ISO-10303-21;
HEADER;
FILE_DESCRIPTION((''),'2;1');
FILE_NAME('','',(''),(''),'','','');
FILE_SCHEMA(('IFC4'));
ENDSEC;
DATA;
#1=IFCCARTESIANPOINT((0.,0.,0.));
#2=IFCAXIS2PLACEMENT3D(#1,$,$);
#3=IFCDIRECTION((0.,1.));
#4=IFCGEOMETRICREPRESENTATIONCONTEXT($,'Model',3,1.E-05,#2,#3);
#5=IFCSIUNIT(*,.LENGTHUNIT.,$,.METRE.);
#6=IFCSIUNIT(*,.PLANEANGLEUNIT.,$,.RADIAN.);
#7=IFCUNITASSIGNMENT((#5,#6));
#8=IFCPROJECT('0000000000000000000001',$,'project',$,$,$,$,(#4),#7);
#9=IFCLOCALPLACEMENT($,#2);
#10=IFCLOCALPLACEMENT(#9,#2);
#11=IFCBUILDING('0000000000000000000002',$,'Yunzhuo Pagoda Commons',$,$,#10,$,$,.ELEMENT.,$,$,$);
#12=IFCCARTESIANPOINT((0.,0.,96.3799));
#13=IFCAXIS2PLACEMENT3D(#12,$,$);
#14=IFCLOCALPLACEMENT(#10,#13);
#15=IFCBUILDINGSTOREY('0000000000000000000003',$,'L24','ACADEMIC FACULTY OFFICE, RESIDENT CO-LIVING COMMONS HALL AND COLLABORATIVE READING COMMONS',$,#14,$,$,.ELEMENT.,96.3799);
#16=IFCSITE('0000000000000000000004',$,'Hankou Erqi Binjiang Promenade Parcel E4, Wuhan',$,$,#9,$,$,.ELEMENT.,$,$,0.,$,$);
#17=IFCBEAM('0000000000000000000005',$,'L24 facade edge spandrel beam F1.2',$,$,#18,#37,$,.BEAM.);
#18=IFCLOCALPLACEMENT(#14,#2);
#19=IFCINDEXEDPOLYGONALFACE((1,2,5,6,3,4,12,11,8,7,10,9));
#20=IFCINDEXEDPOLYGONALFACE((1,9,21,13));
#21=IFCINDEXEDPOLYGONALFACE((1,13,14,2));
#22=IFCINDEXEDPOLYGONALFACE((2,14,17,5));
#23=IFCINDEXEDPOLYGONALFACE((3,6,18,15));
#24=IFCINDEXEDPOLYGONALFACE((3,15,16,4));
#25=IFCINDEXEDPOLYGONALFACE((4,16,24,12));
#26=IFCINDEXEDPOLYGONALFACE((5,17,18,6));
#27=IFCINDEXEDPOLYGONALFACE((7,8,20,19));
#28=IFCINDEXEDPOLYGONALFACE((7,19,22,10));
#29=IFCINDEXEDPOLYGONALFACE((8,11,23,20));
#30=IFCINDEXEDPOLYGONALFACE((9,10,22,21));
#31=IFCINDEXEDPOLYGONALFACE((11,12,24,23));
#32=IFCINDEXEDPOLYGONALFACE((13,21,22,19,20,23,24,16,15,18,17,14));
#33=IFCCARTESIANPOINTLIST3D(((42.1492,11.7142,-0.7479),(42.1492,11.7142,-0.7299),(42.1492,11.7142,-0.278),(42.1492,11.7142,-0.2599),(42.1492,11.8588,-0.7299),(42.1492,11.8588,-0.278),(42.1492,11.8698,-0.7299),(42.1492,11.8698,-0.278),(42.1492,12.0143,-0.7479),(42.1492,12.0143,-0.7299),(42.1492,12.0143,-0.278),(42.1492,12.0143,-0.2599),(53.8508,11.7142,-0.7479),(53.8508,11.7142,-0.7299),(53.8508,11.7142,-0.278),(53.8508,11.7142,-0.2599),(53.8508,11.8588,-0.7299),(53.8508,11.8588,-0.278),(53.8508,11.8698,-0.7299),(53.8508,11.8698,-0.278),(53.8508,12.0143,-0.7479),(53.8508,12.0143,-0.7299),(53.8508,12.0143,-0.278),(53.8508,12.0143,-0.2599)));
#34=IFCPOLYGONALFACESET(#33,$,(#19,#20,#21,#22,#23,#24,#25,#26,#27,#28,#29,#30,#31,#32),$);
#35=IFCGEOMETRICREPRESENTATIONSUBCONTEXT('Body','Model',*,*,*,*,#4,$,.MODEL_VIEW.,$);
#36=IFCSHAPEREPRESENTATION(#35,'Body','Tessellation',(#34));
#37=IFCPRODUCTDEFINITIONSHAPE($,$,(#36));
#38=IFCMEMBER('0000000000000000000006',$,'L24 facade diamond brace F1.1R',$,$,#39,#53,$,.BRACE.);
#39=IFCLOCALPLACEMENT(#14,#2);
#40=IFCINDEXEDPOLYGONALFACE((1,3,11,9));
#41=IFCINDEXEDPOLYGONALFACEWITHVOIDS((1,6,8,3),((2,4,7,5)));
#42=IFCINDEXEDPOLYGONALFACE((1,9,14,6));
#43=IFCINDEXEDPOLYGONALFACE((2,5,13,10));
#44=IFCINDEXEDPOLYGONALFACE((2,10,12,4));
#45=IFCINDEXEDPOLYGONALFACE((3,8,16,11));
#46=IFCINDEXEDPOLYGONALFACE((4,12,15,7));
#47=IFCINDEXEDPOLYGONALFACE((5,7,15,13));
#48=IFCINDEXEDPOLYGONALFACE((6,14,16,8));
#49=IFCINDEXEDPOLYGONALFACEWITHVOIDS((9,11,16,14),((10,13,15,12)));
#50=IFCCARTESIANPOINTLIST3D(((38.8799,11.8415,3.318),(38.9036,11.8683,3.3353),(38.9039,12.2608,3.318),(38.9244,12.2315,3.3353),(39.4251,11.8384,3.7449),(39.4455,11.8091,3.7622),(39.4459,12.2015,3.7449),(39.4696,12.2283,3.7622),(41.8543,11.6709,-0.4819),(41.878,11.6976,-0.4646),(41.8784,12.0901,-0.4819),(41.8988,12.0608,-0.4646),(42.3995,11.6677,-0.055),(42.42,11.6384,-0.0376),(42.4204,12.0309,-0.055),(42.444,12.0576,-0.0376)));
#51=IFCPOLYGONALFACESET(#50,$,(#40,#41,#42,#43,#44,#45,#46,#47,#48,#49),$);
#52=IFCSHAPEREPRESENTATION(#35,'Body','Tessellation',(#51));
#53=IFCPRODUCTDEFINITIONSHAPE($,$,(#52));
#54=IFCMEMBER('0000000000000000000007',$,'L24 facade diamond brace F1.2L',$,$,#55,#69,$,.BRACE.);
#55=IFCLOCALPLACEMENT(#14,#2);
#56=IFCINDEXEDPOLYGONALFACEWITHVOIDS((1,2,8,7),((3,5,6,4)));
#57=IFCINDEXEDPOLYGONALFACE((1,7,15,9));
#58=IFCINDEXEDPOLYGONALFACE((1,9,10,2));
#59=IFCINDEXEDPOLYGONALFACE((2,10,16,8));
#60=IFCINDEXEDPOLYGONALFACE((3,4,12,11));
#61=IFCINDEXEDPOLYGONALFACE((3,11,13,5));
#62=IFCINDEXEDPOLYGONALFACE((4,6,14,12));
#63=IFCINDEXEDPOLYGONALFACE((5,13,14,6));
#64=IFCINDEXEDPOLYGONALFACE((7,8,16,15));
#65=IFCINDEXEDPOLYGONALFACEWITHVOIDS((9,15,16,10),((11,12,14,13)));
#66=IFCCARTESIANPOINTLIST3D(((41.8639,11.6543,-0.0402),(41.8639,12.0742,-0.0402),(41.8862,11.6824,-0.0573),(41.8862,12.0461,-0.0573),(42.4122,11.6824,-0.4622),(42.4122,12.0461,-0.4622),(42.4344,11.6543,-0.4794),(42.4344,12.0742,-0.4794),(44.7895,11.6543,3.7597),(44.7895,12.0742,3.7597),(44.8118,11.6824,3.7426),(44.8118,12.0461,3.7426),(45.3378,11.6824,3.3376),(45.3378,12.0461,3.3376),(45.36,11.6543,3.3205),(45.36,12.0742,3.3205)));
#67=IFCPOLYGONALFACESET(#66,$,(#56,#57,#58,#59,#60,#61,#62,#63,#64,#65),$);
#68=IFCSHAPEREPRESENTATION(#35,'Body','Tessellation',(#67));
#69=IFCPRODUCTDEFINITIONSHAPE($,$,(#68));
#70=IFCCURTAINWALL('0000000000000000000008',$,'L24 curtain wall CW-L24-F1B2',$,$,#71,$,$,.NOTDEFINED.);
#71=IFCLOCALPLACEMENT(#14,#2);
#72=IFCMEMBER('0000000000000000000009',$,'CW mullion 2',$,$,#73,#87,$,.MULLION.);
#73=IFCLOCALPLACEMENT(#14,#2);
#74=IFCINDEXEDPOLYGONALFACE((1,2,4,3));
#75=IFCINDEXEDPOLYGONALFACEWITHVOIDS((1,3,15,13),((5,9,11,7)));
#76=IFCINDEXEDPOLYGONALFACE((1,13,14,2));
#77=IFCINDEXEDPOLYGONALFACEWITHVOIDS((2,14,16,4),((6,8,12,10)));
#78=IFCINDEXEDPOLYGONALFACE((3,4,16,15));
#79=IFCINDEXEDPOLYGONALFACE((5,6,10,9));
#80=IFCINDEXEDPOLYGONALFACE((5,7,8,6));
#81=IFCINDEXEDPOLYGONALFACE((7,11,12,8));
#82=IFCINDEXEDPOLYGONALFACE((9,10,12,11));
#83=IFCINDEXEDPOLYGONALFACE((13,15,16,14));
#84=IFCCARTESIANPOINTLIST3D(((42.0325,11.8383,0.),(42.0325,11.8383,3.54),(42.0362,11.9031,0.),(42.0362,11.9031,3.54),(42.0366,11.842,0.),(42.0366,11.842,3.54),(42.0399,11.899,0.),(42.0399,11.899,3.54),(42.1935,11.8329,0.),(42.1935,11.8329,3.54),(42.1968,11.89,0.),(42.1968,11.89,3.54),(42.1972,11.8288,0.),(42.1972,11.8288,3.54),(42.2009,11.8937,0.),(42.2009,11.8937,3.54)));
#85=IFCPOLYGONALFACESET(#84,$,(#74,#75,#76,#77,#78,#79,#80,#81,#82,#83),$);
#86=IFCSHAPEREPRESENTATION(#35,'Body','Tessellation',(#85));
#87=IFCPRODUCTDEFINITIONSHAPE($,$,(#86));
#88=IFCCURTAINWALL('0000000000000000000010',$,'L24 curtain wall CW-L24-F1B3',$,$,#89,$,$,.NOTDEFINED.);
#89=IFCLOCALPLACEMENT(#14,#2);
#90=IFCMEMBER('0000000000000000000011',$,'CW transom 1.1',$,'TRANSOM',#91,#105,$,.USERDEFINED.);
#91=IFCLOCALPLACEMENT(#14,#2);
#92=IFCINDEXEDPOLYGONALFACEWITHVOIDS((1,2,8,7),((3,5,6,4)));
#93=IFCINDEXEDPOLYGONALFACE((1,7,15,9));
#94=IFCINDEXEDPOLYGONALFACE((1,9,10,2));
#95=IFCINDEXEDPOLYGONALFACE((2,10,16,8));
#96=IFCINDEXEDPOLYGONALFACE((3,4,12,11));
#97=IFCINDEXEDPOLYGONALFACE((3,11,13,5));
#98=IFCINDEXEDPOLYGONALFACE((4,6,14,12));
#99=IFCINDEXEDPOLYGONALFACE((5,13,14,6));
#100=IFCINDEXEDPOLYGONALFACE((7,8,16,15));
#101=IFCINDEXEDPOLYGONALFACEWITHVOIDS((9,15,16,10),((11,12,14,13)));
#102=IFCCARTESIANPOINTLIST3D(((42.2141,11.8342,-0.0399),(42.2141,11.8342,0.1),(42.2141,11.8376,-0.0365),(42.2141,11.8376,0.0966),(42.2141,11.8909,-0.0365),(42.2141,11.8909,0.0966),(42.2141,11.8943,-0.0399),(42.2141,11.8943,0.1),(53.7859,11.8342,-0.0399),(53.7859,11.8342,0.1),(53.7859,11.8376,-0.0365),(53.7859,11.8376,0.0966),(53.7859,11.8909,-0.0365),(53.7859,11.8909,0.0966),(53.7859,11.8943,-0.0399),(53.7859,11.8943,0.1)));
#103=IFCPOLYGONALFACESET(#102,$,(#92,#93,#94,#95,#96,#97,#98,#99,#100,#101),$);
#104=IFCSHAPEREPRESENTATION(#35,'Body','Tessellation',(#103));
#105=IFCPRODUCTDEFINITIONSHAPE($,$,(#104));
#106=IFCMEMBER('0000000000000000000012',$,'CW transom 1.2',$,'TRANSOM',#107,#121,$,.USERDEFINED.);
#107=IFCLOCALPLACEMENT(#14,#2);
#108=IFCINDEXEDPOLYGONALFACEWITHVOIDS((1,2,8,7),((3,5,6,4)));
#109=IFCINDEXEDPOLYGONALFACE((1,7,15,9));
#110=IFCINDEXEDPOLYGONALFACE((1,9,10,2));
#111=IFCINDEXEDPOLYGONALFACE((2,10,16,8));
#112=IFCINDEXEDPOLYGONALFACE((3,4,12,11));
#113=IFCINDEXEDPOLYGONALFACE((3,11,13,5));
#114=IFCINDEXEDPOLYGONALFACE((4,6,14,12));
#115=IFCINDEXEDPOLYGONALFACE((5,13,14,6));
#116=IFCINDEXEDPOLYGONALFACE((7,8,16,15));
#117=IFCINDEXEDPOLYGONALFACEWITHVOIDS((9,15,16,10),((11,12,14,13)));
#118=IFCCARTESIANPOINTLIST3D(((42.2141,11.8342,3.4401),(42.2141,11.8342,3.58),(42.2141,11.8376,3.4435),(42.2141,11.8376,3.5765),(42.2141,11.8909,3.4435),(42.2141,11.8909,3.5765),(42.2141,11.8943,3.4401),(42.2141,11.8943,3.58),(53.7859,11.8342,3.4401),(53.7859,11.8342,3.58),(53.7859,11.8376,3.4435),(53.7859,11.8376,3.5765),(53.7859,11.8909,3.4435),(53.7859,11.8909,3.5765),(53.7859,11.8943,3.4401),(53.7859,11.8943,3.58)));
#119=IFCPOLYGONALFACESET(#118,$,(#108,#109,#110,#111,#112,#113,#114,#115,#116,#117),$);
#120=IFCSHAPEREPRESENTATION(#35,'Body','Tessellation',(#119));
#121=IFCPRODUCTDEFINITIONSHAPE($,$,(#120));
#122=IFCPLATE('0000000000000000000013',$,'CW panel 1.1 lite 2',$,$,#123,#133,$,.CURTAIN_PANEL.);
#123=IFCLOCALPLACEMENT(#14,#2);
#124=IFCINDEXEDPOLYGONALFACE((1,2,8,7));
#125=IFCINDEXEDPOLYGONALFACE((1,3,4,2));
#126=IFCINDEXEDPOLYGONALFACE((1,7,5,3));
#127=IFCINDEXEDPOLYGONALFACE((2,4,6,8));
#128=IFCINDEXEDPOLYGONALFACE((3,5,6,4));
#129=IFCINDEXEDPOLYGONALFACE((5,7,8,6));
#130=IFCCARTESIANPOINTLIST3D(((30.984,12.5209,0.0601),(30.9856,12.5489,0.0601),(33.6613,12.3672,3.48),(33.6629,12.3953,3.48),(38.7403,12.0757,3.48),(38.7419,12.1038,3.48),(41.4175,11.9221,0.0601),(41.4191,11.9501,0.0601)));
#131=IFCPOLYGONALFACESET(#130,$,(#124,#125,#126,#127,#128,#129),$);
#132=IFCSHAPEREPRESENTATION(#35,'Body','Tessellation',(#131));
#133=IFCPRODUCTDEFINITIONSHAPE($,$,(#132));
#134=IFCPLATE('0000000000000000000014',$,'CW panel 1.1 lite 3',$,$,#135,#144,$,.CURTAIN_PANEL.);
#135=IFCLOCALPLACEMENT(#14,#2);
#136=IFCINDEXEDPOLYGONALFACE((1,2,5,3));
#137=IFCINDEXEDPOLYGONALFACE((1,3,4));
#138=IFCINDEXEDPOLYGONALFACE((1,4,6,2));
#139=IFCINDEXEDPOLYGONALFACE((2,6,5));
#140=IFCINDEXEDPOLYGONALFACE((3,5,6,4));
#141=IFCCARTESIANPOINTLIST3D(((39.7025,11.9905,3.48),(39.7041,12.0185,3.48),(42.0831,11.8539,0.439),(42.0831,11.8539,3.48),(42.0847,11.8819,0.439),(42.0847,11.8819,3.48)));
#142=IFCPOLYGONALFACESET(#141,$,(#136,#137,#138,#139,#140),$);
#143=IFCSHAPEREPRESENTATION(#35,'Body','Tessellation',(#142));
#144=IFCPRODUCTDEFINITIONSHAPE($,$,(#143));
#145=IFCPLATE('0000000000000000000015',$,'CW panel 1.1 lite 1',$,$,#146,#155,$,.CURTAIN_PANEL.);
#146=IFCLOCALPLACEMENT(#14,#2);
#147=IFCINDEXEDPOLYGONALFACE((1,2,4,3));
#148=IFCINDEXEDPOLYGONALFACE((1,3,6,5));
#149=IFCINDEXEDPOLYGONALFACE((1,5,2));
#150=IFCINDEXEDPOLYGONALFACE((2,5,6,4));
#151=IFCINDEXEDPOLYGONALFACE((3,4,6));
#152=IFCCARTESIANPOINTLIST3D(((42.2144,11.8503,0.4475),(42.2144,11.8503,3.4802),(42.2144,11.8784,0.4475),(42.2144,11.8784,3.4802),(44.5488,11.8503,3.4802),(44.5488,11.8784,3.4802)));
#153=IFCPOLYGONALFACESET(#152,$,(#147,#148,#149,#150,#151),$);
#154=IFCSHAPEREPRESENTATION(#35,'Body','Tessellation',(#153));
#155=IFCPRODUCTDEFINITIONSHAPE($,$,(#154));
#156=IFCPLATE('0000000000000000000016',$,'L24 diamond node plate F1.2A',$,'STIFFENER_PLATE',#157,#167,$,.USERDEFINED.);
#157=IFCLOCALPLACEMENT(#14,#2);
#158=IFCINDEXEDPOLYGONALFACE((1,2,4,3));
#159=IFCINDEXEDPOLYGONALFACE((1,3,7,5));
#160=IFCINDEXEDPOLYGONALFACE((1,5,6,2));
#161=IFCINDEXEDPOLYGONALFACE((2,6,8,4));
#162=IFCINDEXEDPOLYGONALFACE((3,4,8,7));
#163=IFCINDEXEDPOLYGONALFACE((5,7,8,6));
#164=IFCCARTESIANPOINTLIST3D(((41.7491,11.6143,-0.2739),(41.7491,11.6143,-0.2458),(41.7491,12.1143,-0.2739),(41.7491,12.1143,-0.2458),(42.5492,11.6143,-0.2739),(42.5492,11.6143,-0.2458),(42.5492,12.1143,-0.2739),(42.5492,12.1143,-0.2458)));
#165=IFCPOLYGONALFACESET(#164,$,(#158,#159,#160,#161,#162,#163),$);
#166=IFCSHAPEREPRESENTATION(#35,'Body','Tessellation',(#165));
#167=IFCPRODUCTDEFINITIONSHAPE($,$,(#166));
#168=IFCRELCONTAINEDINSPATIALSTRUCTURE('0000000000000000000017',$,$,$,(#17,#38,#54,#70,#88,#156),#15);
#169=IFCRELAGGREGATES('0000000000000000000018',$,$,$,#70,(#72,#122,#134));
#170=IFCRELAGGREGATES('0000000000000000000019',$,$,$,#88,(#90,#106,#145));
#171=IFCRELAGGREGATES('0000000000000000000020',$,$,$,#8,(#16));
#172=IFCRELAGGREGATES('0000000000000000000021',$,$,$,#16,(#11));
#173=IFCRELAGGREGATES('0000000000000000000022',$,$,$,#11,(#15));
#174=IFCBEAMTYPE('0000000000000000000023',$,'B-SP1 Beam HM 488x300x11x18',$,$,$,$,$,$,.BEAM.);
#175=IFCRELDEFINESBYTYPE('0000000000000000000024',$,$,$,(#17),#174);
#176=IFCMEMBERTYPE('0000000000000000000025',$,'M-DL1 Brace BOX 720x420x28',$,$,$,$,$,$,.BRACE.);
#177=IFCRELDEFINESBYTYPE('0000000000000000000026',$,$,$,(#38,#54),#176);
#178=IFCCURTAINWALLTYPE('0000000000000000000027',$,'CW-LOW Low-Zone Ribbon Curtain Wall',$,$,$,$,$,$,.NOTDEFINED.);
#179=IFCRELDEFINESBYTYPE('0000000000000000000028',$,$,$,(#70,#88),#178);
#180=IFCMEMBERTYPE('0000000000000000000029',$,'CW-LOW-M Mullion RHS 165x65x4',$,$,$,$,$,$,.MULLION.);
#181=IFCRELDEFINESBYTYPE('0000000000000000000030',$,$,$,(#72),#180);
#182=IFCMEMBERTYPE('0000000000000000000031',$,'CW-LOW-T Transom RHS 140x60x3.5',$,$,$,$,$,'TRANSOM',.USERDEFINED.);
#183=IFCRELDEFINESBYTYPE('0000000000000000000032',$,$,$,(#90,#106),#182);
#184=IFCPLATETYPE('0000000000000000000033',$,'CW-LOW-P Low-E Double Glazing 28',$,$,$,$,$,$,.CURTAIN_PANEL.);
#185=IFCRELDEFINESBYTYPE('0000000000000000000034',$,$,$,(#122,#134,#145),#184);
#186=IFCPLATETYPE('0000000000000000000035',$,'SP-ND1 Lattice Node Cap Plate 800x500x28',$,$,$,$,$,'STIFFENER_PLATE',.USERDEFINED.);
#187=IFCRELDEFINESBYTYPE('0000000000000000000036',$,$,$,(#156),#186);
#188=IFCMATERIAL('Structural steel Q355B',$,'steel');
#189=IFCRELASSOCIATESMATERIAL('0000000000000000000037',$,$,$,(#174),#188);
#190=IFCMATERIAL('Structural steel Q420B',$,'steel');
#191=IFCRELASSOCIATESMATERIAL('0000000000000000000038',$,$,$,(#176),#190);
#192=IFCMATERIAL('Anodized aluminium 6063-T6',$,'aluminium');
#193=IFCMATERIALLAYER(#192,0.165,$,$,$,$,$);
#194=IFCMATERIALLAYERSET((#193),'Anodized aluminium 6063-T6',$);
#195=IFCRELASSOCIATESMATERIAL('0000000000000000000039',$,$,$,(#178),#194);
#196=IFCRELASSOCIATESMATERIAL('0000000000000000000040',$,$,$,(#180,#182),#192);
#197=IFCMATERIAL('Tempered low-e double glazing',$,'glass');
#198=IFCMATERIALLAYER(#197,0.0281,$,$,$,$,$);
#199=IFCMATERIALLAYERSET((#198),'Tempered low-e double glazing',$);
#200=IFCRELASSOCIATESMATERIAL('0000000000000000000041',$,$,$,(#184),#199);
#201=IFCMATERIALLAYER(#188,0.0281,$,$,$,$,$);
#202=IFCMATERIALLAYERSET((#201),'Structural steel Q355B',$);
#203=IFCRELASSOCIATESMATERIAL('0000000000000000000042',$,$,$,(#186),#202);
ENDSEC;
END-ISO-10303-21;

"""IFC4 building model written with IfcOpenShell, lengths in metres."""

from ifc_helpers import new_model, si_unit, direction, frame, origin, origin_2d, place, context, subcontext, project, spatial, polyline, rectangle, hollow_rectangle, i_section, outline, extrude, source, transform, mapped, material, layer, layer_set, material_profile, profile_set, type_object, element, aggregate, save


model = new_model("IFC4")

# Units and contexts
model_context = context("Model", 3, precision=1e-05, world=origin(), true_north=direction((0.0, 1.0)))
body_context = subcontext(model_context, "Body", "Model", "MODEL_VIEW")
ifc_project = project(units=[si_unit("LENGTHUNIT", "METRE"), si_unit("PLANEANGLEUNIT", "RADIAN")], contexts=[model_context])

# Site, building, storey
site_placement = place(None, origin())
site = spatial("IfcSite", under=ifc_project, at=site_placement, Name="Hankou Erqi Binjiang Promenade Parcel E4, Wuhan", CompositionType="ELEMENT", RefElevation=0.0)
building_placement = place(site_placement, origin())
building = spatial("IfcBuilding", under=site, at=building_placement, Name="Yunzhuo Pagoda Commons", CompositionType="ELEMENT")
storey_placement = place(building_placement, frame((0.0, 0.0, 96.3799)))
storey = spatial("IfcBuildingStorey", under=building, at=storey_placement, Name="L24", Description="ACADEMIC FACULTY OFFICE, RESIDENT CO-LIVING COMMONS HALL AND COLLABORATIVE READING COMMONS", CompositionType="ELEMENT", Elevation=96.3799)

# Shared definitions
ifc_material_1 = material(Name="Structural steel Q420B", Category="steel")

# Beam
ifc_material_2 = material(Name="Structural steel Q355B", Category="steel")
ifc_material_profile_1 = material_profile(ifc_material_2, i_section(OverallWidth=0.3, OverallDepth=0.488, WebThickness=0.011, FlangeThickness=0.0181, at=origin_2d()), Name="Structural steel Q355B")
ifc_profile_set_1 = profile_set([ifc_material_profile_1], Name="Structural steel Q355B")
beam_type_1 = type_object("IfcBeamType", Name="B-SP1 Beam HM 488x300x11x18", PredefinedType="BEAM", material=ifc_profile_set_1)
shared_shape_1 = source(origin(), body_context, "Body", "SweptSolid", [
    extrude(i_section(OverallWidth=0.3, OverallDepth=0.488, WebThickness=0.011, FlangeThickness=0.0181, at=origin_2d()), origin(), (0.0, 0.0, 1.0), 11.7017),
])
beam_1_placement = place(storey_placement, frame((42.1492, 11.8643, -0.5039), z_axis=(1.0, 0.0, 0.0), x_axis=(0.0, 1.0, 0.0)))
element("IfcBeam", 1, at=beam_1_placement, inside=storey, type_object=beam_type_1, Name="L24 facade edge spandrel beam F1.2", PredefinedType="BEAM", context=body_context, shape_type="MappedRepresentation", body=[
    mapped(shared_shape_1, transform((0.0, 0.0, 0.0), scale=1.0)),
])

# Members
ifc_material_profile_2 = material_profile(ifc_material_1, hollow_rectangle(XDim=0.4199, YDim=0.72, WallThickness=0.0281, at=origin_2d()), Name="Structural steel Q420B")
ifc_profile_set_2 = profile_set([ifc_material_profile_2], Name="Structural steel Q420B")
member_type_1 = type_object("IfcMemberType", Name="M-DL1 Brace BOX 720x420x28", PredefinedType="BRACE", material=ifc_profile_set_2)
shared_shape_2 = source(origin(), body_context, "Body", "SweptSolid", [
    extrude(hollow_rectangle(XDim=0.4199, YDim=0.72, WallThickness=0.0281, at=origin_2d()), origin(), (0.0, 0.0, 1.0), 4.8286),
])
member_1_placement = place(storey_placement, frame((42.1492, 11.8643, -0.2598), z_axis=(-0.616001, 0.035343, 0.786952), x_axis=(-0.057281, -0.998358, 0.0)))
element("IfcMember", 2, at=member_1_placement, inside=storey, type_object=member_type_1, Name="L24 facade diamond brace F1.1R", PredefinedType="BRACE", context=body_context, shape_type="MappedRepresentation", body=[
    mapped(shared_shape_2, transform((0.0, 0.0, 0.0), scale=1.0)),
])
shared_shape_3 = source(origin(), body_context, "Body", "SweptSolid", [
    extrude(hollow_rectangle(XDim=0.4199, YDim=0.72, WallThickness=0.0281, at=origin_2d()), origin(), (0.0, 0.0, 1.0), 4.7957),
])
member_2_placement = place(storey_placement, frame((42.1492, 11.8643, -0.2598), z_axis=(0.610053, 0.0, 0.792361), x_axis=(0.0, 1.0, 0.0)))
element("IfcMember", 3, at=member_2_placement, inside=storey, type_object=member_type_1, Name="L24 facade diamond brace F1.2L", PredefinedType="BRACE", context=body_context, shape_type="MappedRepresentation", body=[
    mapped(shared_shape_3, transform((0.0, 0.0, 0.0), scale=1.0)),
])

# Curtain wall, member
ifc_material_3 = material(Name="Anodized aluminium 6063-T6", Category="aluminium")
ifc_layer_1 = layer(ifc_material_3, 0.165)
ifc_layer_set_1 = layer_set([ifc_layer_1], Name="Anodized aluminium 6063-T6")
curtain_wall_type = type_object("IfcCurtainWallType", Name="CW-LOW Low-Zone Ribbon Curtain Wall", PredefinedType="NOTDEFINED", material=ifc_layer_set_1)
curtain_wall_1_placement = place(storey_placement, origin())
curtain_wall_1 = element("IfcCurtainWall", 4, at=curtain_wall_1_placement, inside=storey, type_object=curtain_wall_type, Name="L24 curtain wall CW-L24-F1B2", PredefinedType="NOTDEFINED")
ifc_material_profile_3 = material_profile(ifc_material_3, hollow_rectangle(XDim=0.0649, YDim=0.165, WallThickness=0.0039, at=origin_2d()), Name="Anodized aluminium 6063-T6")
ifc_profile_set_3 = profile_set([ifc_material_profile_3], Name="Anodized aluminium 6063-T6")
member_type_2 = type_object("IfcMemberType", Name="CW-LOW-M Mullion RHS 165x65x4", PredefinedType="MULLION", material=ifc_profile_set_3)
shared_shape_4 = source(origin(), body_context, "Body", "SweptSolid", [
    extrude(hollow_rectangle(XDim=0.0649, YDim=0.165, WallThickness=0.0039, at=origin_2d()), origin(), (0.0, 0.0, 1.0), 3.54),
])
member_3_placement = place(storey_placement, frame((42.1167, 11.866, 0.0), z_axis=(0.0, 0.0, 1.0), x_axis=(0.057299, 0.998357, 0.0)))
member_3 = element("IfcMember", 5, at=member_3_placement, type_object=member_type_2, Name="CW mullion 2", PredefinedType="MULLION", context=body_context, shape_type="MappedRepresentation", body=[
    mapped(shared_shape_4, transform((0.0, 0.0, 0.0), scale=1.0)),
])

# Curtain wall, members
curtain_wall_2_placement = place(storey_placement, origin())
curtain_wall_2 = element("IfcCurtainWall", 6, at=curtain_wall_2_placement, inside=storey, type_object=curtain_wall_type, Name="L24 curtain wall CW-L24-F1B3", PredefinedType="NOTDEFINED")
ifc_material_profile_4 = material_profile(ifc_material_3, hollow_rectangle(XDim=0.0601, YDim=0.1399, WallThickness=0.0034, at=origin_2d()), Name="Anodized aluminium 6063-T6")
ifc_profile_set_4 = profile_set([ifc_material_profile_4], Name="Anodized aluminium 6063-T6")
member_type_3 = type_object("IfcMemberType", Name="CW-LOW-T Transom RHS 140x60x3.5", ElementType="TRANSOM", PredefinedType="USERDEFINED", material=ifc_profile_set_4)
shared_shape_5 = source(origin(), body_context, "Body", "SweptSolid", [
    extrude(hollow_rectangle(XDim=0.0601, YDim=0.1399, WallThickness=0.0034, at=origin_2d()), origin(), (0.0, 0.0, 1.0), 11.5718),
])
member_4_placement = place(storey_placement, frame((42.2141, 11.8643, 0.03), z_axis=(1.0, 0.0, 0.0), x_axis=(0.0, 1.0, 0.0)))
member_4 = element("IfcMember", 7, at=member_4_placement, type_object=member_type_3, Name="CW transom 1.1", ObjectType="TRANSOM", PredefinedType="USERDEFINED", context=body_context, shape_type="MappedRepresentation", body=[
    mapped(shared_shape_5, transform((0.0, 0.0, 0.0), scale=1.0)),
])
member_5_placement = place(storey_placement, frame((42.2141, 11.8643, 3.51), z_axis=(1.0, 0.0, 0.0), x_axis=(0.0, 1.0, 0.0)))
member_5 = element("IfcMember", 8, at=member_5_placement, type_object=member_type_3, Name="CW transom 1.2", ObjectType="TRANSOM", PredefinedType="USERDEFINED", context=body_context, shape_type="MappedRepresentation", body=[
    mapped(shared_shape_5, transform((0.0, 0.0, 0.0), scale=1.0)),
])

# Plates
ifc_material_4 = material(Name="Tempered low-e double glazing", Category="glass")
ifc_layer_2 = layer(ifc_material_4, 0.0281)
ifc_layer_set_2 = layer_set([ifc_layer_2], Name="Tempered low-e double glazing")
plate_type_1 = type_object("IfcPlateType", Name="CW-LOW-P Low-E Double Glazing 28", PredefinedType="CURTAIN_PANEL", material=ifc_layer_set_2)
plate_1_placement = place(storey_placement, frame((36.2024, 12.2495, 1.77), z_axis=(-0.057299, -0.998357, 0.0), x_axis=(0.998357, -0.057299, 0.0)))
plate_1 = element("IfcPlate", 9, at=plate_1_placement, type_object=plate_type_1, Name="CW panel 1.1 lite 2", PredefinedType="CURTAIN_PANEL", context=body_context, shape_type="SweptSolid", body=[
    extrude(outline(polyline([(-5.2253, -1.71), (5.2253, -1.71), (2.5437, 1.71), (-2.5437, 1.71), (-5.2253, -1.71)])), origin(), (0.0, 0.0, 1.0), 0.0281),
])
plate_2_placement = place(storey_placement, frame((40.8945, 11.9502, 1.9595), z_axis=(-0.057299, -0.998357, 0.0), x_axis=(0.998357, -0.057299, 0.0)))
plate_2 = element("IfcPlate", 10, at=plate_2_placement, type_object=plate_type_1, Name="CW panel 1.1 lite 3", PredefinedType="CURTAIN_PANEL", context=body_context, shape_type="SweptSolid", body=[
    extrude(outline(polyline([(-1.1924, 1.5205), (1.1921, -1.5205), (1.1921, 1.5205), (-1.1924, 1.5205)])), origin(), (0.0, 0.0, 1.0), 0.0281),
])
aggregate(curtain_wall_1, [member_3, plate_1, plate_2])
plate_3_placement = place(storey_placement, frame((43.3816, 11.8784, 1.9639), z_axis=(0.0, -1.0, 0.0), x_axis=(1.0, 0.0, 0.0)))
plate_3 = element("IfcPlate", 11, at=plate_3_placement, type_object=plate_type_1, Name="CW panel 1.1 lite 1", PredefinedType="CURTAIN_PANEL", context=body_context, shape_type="SweptSolid", body=[
    extrude(outline(polyline([(-1.1672, -1.5164), (1.1672, 1.5164), (-1.1672, 1.5164), (-1.1672, -1.5164)])), origin(), (0.0, 0.0, 1.0), 0.0281),
])
aggregate(curtain_wall_2, [member_4, member_5, plate_3])

# Plate
ifc_layer_3 = layer(ifc_material_2, 0.0281)
ifc_layer_set_3 = layer_set([ifc_layer_3], Name="Structural steel Q355B")
plate_type_2 = type_object("IfcPlateType", Name="SP-ND1 Lattice Node Cap Plate 800x500x28", ElementType="STIFFENER_PLATE", PredefinedType="USERDEFINED", material=ifc_layer_set_3)
shared_shape_6 = source(origin(), body_context, "Body", "SweptSolid", [
    extrude(rectangle(XDim=0.8, YDim=0.5, at=origin_2d()), origin(), (0.0, 0.0, 1.0), 0.0281),
])
plate_4_placement = place(storey_placement, frame((42.1492, 11.8643, -0.2739), z_axis=(0.0, 0.0, 1.0), x_axis=(1.0, 0.0, 0.0)))
element("IfcPlate", 12, at=plate_4_placement, inside=storey, type_object=plate_type_2, Name="L24 diamond node plate F1.2A", ObjectType="STIFFENER_PLATE", PredefinedType="USERDEFINED", context=body_context, shape_type="MappedRepresentation", body=[
    mapped(shared_shape_6, transform((0.0, 0.0, 0.0), scale=1.0)),
])

save(model, "model.ifc")
